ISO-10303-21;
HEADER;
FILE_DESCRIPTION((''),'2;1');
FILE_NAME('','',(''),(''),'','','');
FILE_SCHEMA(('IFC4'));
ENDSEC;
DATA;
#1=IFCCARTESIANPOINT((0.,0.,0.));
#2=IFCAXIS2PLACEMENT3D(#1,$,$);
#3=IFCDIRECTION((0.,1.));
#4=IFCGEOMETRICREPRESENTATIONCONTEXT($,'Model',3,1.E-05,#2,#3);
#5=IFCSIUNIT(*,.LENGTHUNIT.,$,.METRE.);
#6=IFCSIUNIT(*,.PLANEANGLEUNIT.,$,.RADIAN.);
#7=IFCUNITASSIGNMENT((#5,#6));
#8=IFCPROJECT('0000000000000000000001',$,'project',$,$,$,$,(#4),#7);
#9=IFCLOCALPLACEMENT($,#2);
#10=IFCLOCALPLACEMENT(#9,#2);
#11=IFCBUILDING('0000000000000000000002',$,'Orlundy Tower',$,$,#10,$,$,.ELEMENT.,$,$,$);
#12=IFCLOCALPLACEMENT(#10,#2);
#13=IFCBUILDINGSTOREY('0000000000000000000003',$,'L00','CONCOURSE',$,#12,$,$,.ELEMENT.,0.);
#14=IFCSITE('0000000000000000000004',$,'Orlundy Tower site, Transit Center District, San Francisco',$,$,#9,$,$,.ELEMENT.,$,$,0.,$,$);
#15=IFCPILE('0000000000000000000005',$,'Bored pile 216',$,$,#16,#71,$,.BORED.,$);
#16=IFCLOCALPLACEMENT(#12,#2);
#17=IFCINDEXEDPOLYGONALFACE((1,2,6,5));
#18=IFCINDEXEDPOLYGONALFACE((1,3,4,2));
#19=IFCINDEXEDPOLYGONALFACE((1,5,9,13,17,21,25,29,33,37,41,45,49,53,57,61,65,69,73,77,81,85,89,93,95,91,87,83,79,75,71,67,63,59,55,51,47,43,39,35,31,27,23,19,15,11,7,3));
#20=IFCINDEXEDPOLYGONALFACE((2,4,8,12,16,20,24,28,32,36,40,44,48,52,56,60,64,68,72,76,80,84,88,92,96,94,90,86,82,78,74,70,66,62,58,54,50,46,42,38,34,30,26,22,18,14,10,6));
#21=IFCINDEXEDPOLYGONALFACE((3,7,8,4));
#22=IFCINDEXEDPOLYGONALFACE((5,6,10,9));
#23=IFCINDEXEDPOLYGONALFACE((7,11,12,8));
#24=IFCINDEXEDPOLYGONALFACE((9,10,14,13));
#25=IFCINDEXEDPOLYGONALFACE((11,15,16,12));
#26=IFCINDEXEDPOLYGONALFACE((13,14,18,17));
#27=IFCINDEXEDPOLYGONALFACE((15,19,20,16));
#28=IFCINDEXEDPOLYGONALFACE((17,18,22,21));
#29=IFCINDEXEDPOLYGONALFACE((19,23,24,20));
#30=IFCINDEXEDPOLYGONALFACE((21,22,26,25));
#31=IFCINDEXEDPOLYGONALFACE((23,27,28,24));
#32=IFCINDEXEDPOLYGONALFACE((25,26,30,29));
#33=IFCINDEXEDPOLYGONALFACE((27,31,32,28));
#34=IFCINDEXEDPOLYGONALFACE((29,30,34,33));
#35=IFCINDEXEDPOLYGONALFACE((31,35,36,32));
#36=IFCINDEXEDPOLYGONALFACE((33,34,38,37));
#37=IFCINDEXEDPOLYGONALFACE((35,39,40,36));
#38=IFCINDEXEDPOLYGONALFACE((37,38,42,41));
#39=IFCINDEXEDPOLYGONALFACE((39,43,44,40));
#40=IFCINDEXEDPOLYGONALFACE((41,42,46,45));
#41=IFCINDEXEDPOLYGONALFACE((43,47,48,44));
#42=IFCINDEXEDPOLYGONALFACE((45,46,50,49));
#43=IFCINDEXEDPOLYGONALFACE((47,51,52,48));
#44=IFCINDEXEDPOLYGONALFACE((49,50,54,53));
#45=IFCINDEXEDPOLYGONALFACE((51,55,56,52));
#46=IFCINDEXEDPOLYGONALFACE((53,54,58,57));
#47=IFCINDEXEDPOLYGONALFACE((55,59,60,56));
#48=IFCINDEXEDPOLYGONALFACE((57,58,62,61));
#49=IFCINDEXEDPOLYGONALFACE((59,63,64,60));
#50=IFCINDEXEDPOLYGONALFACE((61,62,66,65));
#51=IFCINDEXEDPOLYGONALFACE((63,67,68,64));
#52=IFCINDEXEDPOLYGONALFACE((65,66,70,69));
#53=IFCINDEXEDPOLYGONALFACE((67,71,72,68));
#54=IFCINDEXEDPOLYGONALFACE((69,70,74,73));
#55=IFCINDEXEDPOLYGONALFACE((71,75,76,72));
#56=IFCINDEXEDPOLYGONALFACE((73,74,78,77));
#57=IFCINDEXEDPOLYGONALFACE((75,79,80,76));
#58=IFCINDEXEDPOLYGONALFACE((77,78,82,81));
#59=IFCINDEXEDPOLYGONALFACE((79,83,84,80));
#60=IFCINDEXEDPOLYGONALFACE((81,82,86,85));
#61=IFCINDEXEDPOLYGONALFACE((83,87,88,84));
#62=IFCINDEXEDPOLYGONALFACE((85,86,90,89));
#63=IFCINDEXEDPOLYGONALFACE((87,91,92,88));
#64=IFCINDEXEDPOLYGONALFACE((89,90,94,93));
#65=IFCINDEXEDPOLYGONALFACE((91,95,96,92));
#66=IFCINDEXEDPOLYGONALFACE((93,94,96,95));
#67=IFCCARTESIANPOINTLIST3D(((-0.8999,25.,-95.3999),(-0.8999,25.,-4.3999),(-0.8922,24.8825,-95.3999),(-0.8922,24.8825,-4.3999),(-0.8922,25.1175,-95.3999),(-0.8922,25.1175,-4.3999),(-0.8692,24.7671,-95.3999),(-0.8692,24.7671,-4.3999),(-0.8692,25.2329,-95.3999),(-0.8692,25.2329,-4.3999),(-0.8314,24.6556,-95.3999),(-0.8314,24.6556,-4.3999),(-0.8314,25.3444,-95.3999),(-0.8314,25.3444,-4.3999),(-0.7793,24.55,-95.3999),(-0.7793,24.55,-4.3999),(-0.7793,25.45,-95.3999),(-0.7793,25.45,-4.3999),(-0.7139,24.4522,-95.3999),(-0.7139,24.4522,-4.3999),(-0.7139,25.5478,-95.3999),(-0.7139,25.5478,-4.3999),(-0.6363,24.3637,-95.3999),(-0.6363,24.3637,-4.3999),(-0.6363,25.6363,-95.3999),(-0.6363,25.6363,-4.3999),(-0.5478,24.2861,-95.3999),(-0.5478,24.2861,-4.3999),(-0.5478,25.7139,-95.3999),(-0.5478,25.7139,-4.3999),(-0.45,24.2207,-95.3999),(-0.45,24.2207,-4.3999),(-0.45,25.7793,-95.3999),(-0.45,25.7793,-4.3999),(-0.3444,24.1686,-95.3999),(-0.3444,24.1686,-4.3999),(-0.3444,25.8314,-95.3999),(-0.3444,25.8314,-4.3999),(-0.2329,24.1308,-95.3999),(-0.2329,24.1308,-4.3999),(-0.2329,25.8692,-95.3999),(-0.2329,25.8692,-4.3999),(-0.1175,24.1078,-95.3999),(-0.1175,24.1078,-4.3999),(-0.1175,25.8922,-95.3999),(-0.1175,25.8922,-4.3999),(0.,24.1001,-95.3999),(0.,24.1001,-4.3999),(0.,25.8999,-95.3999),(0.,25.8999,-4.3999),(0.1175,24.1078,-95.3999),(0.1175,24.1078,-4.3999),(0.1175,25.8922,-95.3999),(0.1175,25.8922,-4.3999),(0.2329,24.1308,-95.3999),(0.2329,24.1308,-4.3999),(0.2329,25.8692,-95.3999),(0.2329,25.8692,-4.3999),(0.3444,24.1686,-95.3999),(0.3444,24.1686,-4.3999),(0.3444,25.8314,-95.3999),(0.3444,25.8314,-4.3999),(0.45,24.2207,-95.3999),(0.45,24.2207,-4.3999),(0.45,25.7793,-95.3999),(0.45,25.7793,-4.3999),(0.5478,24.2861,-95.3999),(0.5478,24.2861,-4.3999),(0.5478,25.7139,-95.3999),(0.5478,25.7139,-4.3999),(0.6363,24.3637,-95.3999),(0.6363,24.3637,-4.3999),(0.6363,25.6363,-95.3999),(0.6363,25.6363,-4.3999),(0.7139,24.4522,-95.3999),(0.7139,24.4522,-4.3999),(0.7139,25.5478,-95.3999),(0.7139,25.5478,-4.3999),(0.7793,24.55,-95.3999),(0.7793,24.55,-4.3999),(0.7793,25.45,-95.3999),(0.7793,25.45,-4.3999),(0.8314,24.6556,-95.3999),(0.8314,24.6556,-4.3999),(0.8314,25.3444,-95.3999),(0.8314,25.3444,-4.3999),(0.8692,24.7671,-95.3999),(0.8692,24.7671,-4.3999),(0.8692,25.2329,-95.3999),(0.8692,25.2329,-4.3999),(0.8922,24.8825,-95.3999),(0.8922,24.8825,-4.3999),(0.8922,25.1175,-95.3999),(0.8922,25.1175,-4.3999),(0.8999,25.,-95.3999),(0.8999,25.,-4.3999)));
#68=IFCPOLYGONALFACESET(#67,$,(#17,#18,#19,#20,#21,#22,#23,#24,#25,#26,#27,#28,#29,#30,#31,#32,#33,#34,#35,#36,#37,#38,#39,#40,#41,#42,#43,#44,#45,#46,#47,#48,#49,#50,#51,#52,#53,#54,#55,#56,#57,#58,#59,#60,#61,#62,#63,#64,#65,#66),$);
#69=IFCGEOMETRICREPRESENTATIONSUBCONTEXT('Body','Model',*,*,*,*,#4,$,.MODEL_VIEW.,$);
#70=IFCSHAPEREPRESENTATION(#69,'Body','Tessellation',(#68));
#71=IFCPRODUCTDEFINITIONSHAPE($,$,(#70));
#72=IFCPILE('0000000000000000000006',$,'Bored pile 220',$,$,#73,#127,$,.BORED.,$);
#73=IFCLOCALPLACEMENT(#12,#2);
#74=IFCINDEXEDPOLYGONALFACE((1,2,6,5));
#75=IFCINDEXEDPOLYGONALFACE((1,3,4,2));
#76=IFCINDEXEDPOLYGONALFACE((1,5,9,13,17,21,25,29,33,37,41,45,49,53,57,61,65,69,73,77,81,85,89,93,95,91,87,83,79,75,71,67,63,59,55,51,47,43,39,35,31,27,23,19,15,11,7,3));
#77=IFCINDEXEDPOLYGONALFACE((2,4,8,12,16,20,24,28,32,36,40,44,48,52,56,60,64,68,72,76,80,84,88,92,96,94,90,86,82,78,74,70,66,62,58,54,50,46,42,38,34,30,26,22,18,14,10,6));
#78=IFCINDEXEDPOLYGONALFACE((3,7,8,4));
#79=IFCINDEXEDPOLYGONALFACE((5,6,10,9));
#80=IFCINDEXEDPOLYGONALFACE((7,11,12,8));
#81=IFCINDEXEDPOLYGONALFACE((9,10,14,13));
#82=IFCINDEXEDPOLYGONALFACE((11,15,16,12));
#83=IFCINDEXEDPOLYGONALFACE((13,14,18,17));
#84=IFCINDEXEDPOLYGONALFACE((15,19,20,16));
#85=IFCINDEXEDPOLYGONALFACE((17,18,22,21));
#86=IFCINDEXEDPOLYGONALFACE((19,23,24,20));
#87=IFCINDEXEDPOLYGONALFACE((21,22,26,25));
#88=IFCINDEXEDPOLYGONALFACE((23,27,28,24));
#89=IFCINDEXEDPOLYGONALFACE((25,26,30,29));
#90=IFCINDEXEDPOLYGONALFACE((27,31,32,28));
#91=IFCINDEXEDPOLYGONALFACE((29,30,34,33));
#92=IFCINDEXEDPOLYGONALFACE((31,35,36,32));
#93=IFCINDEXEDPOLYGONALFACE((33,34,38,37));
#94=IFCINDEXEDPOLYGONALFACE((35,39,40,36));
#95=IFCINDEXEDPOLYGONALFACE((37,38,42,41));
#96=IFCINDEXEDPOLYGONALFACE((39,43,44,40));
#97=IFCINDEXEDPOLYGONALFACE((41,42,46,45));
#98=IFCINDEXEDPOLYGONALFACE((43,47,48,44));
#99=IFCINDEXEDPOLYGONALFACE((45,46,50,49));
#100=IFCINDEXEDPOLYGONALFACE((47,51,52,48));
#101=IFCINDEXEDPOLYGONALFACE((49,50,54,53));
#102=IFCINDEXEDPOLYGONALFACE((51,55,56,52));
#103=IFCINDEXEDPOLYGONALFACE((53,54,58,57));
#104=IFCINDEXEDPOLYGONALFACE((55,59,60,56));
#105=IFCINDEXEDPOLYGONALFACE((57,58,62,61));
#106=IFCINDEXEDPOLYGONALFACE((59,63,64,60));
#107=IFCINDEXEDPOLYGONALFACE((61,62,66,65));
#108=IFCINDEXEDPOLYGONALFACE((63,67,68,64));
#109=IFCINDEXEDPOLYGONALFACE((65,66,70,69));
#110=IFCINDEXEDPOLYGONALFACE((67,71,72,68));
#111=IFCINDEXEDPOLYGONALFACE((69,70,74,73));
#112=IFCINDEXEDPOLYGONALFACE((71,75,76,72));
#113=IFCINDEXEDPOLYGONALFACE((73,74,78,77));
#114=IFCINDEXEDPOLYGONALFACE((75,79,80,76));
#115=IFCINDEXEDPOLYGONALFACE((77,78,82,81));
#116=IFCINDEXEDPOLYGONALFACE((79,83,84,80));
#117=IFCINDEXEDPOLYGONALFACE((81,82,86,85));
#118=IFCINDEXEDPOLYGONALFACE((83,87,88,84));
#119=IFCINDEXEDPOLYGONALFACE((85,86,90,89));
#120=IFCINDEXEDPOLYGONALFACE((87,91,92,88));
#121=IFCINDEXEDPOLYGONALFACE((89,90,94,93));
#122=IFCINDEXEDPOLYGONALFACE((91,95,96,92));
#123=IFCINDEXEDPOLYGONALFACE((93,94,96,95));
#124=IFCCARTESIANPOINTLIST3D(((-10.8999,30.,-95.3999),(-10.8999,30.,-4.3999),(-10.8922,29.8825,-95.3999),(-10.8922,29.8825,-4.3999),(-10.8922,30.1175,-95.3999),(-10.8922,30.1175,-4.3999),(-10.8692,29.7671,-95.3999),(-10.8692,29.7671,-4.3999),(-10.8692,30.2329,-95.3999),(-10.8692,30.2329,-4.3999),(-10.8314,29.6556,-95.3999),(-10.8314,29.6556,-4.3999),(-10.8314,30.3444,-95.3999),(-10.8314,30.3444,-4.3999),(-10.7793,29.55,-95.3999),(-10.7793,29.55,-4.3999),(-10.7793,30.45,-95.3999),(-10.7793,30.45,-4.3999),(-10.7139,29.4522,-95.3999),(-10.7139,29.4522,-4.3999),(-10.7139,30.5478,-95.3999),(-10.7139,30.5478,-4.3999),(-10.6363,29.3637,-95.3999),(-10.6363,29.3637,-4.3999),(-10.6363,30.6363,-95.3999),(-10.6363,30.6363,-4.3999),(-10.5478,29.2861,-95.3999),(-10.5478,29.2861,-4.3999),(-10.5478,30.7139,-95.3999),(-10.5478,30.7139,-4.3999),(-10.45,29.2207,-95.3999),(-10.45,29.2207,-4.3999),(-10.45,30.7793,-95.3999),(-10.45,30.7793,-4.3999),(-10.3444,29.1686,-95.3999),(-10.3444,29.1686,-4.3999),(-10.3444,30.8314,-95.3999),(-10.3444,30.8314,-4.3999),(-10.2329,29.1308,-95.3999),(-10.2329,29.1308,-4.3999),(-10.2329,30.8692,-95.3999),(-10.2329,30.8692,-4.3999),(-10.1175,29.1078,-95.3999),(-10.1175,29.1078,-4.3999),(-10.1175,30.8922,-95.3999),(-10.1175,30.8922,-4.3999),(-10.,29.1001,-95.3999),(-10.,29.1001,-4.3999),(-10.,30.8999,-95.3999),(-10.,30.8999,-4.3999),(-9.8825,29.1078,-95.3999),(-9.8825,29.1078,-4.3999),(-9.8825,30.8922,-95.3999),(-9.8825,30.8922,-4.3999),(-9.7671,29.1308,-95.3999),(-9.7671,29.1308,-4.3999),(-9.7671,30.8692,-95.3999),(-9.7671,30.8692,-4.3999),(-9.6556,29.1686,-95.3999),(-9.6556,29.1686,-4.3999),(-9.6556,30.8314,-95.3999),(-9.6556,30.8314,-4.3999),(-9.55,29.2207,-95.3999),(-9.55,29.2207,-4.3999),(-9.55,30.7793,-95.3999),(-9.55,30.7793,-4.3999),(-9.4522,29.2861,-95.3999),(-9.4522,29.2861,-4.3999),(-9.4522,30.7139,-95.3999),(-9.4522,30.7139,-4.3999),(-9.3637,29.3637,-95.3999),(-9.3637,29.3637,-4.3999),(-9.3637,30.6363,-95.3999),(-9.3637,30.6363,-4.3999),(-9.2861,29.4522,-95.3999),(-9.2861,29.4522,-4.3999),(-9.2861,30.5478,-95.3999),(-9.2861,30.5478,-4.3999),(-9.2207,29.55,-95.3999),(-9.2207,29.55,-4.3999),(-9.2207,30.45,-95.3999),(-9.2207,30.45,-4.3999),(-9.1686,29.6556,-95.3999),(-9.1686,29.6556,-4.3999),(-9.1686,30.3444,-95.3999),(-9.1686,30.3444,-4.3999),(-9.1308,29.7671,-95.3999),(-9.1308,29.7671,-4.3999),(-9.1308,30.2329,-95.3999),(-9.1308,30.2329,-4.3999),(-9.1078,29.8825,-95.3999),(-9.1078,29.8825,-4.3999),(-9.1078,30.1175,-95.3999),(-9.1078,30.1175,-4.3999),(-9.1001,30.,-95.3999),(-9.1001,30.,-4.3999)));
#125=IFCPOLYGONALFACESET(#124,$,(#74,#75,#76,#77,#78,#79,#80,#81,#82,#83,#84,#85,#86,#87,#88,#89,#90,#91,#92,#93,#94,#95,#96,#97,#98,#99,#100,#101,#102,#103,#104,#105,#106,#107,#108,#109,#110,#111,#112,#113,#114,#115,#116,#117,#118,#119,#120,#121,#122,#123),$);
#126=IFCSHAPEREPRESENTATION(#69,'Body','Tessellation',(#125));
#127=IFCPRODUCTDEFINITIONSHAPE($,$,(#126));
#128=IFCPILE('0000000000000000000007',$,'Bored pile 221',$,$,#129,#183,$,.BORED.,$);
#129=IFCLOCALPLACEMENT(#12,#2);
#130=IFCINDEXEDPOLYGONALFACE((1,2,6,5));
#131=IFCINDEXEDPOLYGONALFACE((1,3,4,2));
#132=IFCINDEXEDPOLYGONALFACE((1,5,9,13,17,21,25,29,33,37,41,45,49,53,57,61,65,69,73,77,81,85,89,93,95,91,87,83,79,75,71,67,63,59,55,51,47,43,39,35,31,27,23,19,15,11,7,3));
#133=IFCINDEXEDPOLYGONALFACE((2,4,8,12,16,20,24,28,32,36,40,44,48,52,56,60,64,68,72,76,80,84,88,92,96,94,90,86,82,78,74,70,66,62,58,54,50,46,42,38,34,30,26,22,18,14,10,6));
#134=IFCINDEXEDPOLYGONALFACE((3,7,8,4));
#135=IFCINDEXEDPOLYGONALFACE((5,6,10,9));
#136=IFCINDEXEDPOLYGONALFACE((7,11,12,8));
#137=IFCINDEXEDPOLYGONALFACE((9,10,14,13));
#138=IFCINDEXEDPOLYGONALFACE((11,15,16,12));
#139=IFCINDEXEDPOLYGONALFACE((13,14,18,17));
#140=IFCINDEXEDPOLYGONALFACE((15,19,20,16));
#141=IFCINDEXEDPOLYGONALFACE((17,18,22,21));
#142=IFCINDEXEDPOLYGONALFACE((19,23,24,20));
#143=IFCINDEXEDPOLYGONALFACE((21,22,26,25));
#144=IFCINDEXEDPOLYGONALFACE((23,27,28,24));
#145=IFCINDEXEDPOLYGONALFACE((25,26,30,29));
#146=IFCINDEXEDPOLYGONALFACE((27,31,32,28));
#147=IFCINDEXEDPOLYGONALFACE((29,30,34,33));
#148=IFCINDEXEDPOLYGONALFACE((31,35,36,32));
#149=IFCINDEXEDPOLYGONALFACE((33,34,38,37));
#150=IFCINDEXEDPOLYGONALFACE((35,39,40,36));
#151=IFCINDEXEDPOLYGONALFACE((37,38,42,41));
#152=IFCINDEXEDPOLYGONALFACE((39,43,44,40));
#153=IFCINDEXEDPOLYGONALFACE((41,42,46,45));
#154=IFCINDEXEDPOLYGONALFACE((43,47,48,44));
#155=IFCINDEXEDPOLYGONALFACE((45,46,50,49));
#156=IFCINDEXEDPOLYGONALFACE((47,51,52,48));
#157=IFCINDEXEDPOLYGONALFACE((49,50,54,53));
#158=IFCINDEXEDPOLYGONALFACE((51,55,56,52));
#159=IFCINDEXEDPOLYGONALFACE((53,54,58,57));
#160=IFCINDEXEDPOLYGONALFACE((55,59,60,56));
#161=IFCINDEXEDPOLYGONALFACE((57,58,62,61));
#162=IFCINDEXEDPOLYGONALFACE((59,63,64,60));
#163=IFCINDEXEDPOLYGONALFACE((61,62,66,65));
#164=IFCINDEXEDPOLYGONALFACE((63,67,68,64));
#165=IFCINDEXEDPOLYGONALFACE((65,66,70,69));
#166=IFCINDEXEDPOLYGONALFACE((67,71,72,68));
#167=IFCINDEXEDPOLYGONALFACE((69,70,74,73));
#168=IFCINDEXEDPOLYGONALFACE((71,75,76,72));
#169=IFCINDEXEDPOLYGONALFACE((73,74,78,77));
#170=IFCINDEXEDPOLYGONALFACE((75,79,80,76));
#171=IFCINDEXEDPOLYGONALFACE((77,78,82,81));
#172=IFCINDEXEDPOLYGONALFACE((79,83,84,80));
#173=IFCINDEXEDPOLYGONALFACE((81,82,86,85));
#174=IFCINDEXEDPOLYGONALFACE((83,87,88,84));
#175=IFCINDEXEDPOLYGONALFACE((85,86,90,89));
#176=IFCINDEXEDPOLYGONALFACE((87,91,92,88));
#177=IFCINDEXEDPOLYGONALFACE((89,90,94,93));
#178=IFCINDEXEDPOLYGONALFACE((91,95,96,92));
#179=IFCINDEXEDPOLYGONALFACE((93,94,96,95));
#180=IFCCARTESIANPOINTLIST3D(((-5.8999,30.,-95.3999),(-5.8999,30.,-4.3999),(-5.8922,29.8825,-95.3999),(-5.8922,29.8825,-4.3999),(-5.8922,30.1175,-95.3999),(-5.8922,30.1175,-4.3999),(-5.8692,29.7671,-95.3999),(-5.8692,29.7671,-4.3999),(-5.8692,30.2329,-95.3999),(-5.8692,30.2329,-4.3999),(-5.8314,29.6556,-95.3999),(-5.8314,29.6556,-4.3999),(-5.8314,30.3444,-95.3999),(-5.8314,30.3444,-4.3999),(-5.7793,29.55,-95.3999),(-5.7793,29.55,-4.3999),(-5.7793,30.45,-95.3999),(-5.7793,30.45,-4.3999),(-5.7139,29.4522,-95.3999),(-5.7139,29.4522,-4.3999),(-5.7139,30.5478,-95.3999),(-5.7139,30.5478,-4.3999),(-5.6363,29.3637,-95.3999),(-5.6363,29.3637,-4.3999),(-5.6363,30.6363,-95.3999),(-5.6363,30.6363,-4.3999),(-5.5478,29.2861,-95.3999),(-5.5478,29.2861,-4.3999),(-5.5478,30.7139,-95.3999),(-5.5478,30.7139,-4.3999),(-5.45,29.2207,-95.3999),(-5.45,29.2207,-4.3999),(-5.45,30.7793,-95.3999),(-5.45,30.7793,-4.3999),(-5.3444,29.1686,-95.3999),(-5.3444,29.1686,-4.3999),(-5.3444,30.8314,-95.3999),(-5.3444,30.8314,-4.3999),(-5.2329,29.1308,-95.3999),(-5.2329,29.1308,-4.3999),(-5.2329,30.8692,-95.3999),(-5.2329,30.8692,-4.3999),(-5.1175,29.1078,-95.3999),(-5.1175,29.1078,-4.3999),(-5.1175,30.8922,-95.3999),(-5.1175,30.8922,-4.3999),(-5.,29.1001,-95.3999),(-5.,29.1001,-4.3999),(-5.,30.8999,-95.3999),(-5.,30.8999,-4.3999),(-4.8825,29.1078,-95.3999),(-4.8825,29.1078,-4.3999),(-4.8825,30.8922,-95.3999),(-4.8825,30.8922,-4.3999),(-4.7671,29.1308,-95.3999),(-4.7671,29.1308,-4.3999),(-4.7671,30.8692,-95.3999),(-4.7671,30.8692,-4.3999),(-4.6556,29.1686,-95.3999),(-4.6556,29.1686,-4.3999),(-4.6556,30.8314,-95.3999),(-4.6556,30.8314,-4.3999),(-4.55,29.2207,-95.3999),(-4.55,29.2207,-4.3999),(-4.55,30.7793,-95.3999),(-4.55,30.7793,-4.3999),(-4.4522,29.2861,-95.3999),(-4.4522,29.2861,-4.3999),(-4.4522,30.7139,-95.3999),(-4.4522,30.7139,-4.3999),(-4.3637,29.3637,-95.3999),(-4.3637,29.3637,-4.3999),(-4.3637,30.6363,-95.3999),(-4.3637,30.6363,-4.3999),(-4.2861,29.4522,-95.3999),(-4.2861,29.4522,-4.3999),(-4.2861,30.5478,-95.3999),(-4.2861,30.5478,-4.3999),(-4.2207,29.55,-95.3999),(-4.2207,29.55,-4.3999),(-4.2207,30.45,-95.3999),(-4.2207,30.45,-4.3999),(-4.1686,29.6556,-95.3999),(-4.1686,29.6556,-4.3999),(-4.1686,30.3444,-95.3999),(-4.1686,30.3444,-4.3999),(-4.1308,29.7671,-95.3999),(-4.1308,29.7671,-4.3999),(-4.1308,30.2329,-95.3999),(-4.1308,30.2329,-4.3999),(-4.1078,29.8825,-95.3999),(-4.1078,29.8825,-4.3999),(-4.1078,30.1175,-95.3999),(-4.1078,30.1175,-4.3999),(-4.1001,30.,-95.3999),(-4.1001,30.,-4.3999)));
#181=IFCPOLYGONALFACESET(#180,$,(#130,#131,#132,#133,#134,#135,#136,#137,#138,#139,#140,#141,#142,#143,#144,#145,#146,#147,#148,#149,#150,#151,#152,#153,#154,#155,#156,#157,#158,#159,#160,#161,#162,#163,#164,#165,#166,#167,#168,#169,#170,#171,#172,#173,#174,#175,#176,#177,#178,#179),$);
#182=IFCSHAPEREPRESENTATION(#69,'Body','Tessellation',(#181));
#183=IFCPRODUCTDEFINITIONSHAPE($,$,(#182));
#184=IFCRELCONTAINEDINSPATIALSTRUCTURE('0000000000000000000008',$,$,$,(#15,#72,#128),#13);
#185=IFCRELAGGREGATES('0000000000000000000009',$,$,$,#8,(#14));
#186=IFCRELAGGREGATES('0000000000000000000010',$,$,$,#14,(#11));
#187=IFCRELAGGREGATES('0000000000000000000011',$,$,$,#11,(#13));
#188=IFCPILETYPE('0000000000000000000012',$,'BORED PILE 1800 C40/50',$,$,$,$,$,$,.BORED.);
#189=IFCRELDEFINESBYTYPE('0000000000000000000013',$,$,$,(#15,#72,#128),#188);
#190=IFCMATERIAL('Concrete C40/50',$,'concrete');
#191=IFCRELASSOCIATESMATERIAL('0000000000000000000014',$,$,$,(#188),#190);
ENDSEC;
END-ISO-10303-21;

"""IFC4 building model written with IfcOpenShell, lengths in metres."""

from ifc_helpers import new_model, si_unit, direction, frame, origin, origin_2d, place, context, subcontext, project, spatial, circle, extrude, material, material_profile, profile_set, type_object, element, save


model = new_model("IFC4")

# Units and contexts
model_context = context("Model", 3, precision=1e-05, world=origin(), true_north=direction((0.0, 1.0)))
body_context = subcontext(model_context, "Body", "Model", "MODEL_VIEW")
ifc_project = project(units=[si_unit("LENGTHUNIT", "METRE"), si_unit("PLANEANGLEUNIT", "RADIAN")], contexts=[model_context])

# Site, building, storey
site_placement = place(None, origin())
site = spatial("IfcSite", under=ifc_project, at=site_placement, Name="Orlundy Tower site, Transit Center District, San Francisco", CompositionType="ELEMENT", RefElevation=0.0)
building_placement = place(site_placement, origin())
building = spatial("IfcBuilding", under=site, at=building_placement, Name="Orlundy Tower", CompositionType="ELEMENT")
storey_placement = place(building_placement, origin())
storey = spatial("IfcBuildingStorey", under=building, at=storey_placement, Name="L00", Description="CONCOURSE", CompositionType="ELEMENT", Elevation=0.0)

# Piles
ifc_material_1 = material(Name="Concrete C40/50", Category="concrete")
ifc_material_profile_1 = material_profile(ifc_material_1, circle(Radius=0.8999, at=origin_2d()), Name="BP1800")
ifc_profile_set_1 = profile_set([ifc_material_profile_1], Name="Concrete C40/50")
pile_type = type_object("IfcPileType", Name="BORED PILE 1800 C40/50", PredefinedType="BORED", material=ifc_profile_set_1)
for number, where, z_axis, x_axis, name in (
    (1, (0.0, 25.0, -4.3999), (0.0, 0.0, -1.0), (1.0, 0.0, 0.0), "Bored pile 216"),
    (2, (-10.0, 30.0, -4.3999), (0.0, 0.0, -1.0), (1.0, 0.0, 0.0), "Bored pile 220"),
    (3, (-5.0, 30.0, -4.3999), (0.0, 0.0, -1.0), (1.0, 0.0, 0.0), "Bored pile 221"),
):
    element("IfcPile", number, at=place(storey_placement, frame(where, z_axis=z_axis, x_axis=x_axis)), inside=storey, type_object=pile_type, Name=name, PredefinedType="BORED", context=body_context, shape_type="SweptSolid", body=[
        extrude(circle(Radius=0.8999, at=origin_2d()), origin(), (0.0, 0.0, 1.0), 91.0),
    ])

save(model, "model.ifc")
